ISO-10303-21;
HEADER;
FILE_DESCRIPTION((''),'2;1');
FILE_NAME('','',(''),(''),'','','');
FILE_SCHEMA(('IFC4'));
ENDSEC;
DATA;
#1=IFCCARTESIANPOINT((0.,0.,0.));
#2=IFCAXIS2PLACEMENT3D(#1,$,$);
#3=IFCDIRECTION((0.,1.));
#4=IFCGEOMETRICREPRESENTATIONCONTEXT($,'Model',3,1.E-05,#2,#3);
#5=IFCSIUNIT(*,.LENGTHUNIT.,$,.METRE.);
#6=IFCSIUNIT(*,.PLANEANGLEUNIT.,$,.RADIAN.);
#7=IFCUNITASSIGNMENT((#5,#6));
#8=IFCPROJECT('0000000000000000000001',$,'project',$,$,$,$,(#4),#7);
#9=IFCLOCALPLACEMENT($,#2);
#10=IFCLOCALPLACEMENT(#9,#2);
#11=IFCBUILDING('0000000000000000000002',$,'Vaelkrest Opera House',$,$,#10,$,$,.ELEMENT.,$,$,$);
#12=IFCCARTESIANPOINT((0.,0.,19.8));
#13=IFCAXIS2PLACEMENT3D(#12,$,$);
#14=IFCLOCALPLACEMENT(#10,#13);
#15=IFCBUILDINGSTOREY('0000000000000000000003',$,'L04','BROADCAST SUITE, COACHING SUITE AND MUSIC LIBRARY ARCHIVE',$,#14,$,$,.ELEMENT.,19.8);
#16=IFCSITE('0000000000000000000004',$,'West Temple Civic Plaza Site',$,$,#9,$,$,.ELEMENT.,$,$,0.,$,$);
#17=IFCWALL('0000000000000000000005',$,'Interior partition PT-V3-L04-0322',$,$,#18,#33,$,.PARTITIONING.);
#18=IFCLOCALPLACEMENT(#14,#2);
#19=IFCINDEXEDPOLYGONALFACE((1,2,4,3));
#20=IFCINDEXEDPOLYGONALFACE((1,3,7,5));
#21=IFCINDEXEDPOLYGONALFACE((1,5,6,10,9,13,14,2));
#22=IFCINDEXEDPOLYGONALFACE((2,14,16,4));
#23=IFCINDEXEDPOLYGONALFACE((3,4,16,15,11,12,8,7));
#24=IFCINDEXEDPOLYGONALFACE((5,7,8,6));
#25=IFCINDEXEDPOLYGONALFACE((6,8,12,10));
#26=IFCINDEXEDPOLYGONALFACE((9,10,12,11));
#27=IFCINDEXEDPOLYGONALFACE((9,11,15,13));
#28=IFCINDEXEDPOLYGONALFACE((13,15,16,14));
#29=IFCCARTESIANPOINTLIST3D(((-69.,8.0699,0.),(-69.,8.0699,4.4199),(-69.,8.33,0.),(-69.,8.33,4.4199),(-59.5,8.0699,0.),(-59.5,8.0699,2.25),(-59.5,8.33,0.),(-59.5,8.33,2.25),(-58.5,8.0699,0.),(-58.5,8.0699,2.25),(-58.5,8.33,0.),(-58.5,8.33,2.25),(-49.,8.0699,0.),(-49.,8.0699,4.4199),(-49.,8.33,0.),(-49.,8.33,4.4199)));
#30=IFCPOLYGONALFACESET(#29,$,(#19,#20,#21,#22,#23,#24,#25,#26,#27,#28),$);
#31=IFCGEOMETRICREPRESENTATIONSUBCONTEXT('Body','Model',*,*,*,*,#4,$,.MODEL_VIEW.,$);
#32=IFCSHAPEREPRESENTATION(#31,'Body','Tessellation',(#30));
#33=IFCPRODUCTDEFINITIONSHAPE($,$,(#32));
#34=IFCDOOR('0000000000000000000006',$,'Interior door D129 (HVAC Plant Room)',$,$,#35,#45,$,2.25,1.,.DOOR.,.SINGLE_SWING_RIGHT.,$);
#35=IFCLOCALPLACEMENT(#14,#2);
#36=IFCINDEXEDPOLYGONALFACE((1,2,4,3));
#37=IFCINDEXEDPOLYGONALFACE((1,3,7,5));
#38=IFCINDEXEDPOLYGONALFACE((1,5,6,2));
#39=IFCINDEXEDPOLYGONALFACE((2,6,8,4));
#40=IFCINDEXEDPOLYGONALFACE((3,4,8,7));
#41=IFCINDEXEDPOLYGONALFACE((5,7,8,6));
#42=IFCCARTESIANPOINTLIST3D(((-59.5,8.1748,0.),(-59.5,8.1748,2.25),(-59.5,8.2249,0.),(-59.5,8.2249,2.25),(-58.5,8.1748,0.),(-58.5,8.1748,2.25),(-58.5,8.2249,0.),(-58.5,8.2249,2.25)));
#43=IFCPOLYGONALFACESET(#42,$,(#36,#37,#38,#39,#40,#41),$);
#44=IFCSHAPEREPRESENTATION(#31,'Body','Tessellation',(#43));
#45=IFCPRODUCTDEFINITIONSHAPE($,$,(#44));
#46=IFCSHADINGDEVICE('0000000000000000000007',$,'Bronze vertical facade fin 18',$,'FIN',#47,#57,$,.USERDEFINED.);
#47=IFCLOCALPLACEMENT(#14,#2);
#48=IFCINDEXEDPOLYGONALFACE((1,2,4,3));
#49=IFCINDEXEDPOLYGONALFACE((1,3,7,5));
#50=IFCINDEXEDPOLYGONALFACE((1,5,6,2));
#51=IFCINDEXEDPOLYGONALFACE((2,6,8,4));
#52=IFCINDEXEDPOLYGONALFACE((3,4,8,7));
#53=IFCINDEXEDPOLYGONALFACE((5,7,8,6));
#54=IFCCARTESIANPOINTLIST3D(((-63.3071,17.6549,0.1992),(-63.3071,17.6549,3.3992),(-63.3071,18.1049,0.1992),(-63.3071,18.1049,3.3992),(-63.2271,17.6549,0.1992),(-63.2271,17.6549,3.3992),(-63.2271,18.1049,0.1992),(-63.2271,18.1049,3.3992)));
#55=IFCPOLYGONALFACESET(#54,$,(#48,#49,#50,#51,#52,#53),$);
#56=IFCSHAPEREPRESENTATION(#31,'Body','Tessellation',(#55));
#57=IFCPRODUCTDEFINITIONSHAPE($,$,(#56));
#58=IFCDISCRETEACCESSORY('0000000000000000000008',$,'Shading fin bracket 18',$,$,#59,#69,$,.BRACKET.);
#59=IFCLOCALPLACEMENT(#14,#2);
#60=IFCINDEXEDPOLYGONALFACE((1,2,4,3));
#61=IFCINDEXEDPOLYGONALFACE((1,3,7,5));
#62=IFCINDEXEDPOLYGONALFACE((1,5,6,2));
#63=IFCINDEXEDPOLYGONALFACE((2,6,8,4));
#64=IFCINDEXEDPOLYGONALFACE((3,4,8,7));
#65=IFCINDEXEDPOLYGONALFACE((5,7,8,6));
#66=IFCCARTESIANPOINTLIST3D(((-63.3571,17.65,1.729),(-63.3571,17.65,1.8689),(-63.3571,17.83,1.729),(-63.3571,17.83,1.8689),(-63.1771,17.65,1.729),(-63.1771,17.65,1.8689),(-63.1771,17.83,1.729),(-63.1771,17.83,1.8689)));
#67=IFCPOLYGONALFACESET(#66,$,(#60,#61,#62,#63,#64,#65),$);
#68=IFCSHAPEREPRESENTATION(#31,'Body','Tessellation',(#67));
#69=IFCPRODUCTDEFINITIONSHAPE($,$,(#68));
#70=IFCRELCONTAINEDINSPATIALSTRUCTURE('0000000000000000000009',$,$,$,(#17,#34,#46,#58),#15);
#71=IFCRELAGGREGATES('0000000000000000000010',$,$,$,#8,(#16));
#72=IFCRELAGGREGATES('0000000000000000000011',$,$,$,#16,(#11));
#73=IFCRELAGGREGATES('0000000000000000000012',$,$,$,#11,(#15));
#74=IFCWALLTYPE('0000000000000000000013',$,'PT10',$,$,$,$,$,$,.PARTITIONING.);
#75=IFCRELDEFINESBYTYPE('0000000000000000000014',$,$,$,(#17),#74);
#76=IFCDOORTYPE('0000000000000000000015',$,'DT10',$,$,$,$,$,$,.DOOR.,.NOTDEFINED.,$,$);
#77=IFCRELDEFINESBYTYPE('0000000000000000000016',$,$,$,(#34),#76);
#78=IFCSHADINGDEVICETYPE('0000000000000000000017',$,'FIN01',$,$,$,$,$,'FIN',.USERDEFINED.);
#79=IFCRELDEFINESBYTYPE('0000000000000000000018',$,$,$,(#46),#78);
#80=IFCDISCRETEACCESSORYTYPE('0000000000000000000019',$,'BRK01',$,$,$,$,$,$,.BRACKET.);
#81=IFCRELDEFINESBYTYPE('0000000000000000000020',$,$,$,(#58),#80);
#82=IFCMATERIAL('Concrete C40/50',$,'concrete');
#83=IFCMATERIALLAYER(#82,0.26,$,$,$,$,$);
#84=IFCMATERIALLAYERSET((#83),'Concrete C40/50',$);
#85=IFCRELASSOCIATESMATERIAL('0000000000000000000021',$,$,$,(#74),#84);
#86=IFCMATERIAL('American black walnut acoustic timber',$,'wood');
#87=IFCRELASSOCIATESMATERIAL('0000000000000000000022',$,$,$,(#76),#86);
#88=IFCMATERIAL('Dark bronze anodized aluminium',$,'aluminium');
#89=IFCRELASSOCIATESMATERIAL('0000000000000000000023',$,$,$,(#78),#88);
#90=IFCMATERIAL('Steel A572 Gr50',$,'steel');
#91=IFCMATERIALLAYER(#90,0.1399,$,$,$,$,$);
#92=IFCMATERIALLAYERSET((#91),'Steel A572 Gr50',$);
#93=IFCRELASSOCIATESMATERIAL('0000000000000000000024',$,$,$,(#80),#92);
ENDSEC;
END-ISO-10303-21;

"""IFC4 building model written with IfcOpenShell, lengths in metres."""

from ifc_helpers import new_model, si_unit, direction, frame, frame_2d, origin, origin_2d, place, context, subcontext, project, spatial, rectangle, extrude, material, layer, layer_set, type_object, element, fill, save


model = new_model("IFC4")

# Units and contexts
model_context = context("Model", 3, precision=1e-05, world=origin(), true_north=direction((0.0, 1.0)))
body_context = subcontext(model_context, "Body", "Model", "MODEL_VIEW")
ifc_project = project(units=[si_unit("LENGTHUNIT", "METRE"), si_unit("PLANEANGLEUNIT", "RADIAN")], contexts=[model_context])

# Site, building, storey
site_placement = place(None, origin())
site = spatial("IfcSite", under=ifc_project, at=site_placement, Name="West Temple Civic Plaza Site", CompositionType="ELEMENT", RefElevation=0.0)
building_placement = place(site_placement, origin())
building = spatial("IfcBuilding", under=site, at=building_placement, Name="Vaelkrest Opera House", CompositionType="ELEMENT")
storey_placement = place(building_placement, frame((0.0, 0.0, 19.8)))
storey = spatial("IfcBuildingStorey", under=building, at=storey_placement, Name="L04", Description="BROADCAST SUITE, COACHING SUITE AND MUSIC LIBRARY ARCHIVE", CompositionType="ELEMENT", Elevation=19.8)

# Shared definitions
ifc_material_1 = material(Name="Dark bronze anodized aluminium", Category="aluminium")

# Shared definitions
ifc_material_2 = material(Name="Concrete C40/50", Category="concrete")

# Shared definitions
ifc_material_3 = material(Name="American black walnut acoustic timber", Category="wood")

# Wall, opening, door
ifc_layer_1 = layer(ifc_material_2, 0.26)
ifc_layer_set_1 = layer_set([ifc_layer_1], Name="Concrete C40/50")
wall_type_1 = type_object("IfcWallType", Name="PT10", PredefinedType="PARTITIONING", material=ifc_layer_set_1)
wall_1_placement = place(storey_placement, frame((-69.0, 8.2, 0.0), z_axis=(0.0, 0.0, 1.0), x_axis=(1.0, 0.0, 0.0)))
wall_1 = element("IfcWall", 1, at=wall_1_placement, inside=storey, type_object=wall_type_1, Name="Interior partition PT-V3-L04-0322", PredefinedType="PARTITIONING", context=body_context, shape_type="SweptSolid", body=[
    extrude(rectangle(XDim=20.0, YDim=0.26, at=frame_2d((10.0, 0.0))), origin(), (0.0, 0.0, 1.0), 4.4199),
])
opening_1_placement = place(wall_1_placement, frame((9.5, 0.0, 0.0)))
opening_1 = element("IfcOpeningElement", 2, at=opening_1_placement, cuts=wall_1, PredefinedType="OPENING", context=body_context, shape_type="SweptSolid", body=[
    extrude(rectangle(XDim=1.0, YDim=2.25, at=frame_2d((0.5, 1.125))), frame((0.0, 0.1399, 0.0), z_axis=(0.0, -1.0, 0.0), x_axis=(1.0, 0.0, 0.0)), (0.0, 0.0, 1.0), 0.28),
])
door_type_1 = type_object("IfcDoorType", Name="DT10", OperationType="NOTDEFINED", PredefinedType="DOOR", material=ifc_material_3)
door_1_placement = place(opening_1_placement, origin())
door_1 = element("IfcDoor", 3, at=door_1_placement, inside=storey, type_object=door_type_1, Name="Interior door D129 (HVAC Plant Room)", OperationType="SINGLE_SWING_RIGHT", OverallHeight=2.25, OverallWidth=1.0, PredefinedType="DOOR", context=body_context, shape_type="SweptSolid", body=[
    extrude(rectangle(XDim=1.0, YDim=2.25, at=frame_2d((0.5, 1.125))), frame((0.0, 0.0249, 0.0), z_axis=(0.0, -1.0, 0.0), x_axis=(1.0, 0.0, 0.0)), (0.0, 0.0, 1.0), 0.05),
])
fill(opening_1, door_1)

# Shading device
shading_device_type = type_object("IfcShadingDeviceType", Name="FIN01", ElementType="FIN", PredefinedType="USERDEFINED", material=ifc_material_1)
shading_device_placement = place(storey_placement, frame((-63.2671, 17.8799, 0.1992), z_axis=(0.0, 0.0, 1.0), x_axis=(0.0, 1.0, 0.0)))
element("IfcShadingDevice", 4, at=shading_device_placement, inside=storey, type_object=shading_device_type, Name="Bronze vertical facade fin 18", ObjectType="FIN", PredefinedType="USERDEFINED", context=body_context, shape_type="SweptSolid", body=[
    extrude(rectangle(XDim=0.45, YDim=0.0801, at=origin_2d()), origin(), (0.0, 0.0, 1.0), 3.2),
])

# Discrete accessory
ifc_material_4 = material(Name="Steel A572 Gr50", Category="steel")
ifc_layer_2 = layer(ifc_material_4, 0.1399)
ifc_layer_set_2 = layer_set([ifc_layer_2], Name="Steel A572 Gr50")
discrete_accessory_type = type_object("IfcDiscreteAccessoryType", Name="BRK01", PredefinedType="BRACKET", material=ifc_layer_set_2)
discrete_accessory_placement = place(storey_placement, frame((-63.2671, 17.74, 1.729), z_axis=(0.0, 0.0, 1.0), x_axis=(0.0, 1.0, 0.0)))
element("IfcDiscreteAccessory", 5, at=discrete_accessory_placement, inside=storey, type_object=discrete_accessory_type, Name="Shading fin bracket 18", PredefinedType="BRACKET", context=body_context, shape_type="SweptSolid", body=[
    extrude(rectangle(XDim=0.1799, YDim=0.1799, at=origin_2d()), origin(), (0.0, 0.0, 1.0), 0.1399),
])

save(model, "model.ifc")
